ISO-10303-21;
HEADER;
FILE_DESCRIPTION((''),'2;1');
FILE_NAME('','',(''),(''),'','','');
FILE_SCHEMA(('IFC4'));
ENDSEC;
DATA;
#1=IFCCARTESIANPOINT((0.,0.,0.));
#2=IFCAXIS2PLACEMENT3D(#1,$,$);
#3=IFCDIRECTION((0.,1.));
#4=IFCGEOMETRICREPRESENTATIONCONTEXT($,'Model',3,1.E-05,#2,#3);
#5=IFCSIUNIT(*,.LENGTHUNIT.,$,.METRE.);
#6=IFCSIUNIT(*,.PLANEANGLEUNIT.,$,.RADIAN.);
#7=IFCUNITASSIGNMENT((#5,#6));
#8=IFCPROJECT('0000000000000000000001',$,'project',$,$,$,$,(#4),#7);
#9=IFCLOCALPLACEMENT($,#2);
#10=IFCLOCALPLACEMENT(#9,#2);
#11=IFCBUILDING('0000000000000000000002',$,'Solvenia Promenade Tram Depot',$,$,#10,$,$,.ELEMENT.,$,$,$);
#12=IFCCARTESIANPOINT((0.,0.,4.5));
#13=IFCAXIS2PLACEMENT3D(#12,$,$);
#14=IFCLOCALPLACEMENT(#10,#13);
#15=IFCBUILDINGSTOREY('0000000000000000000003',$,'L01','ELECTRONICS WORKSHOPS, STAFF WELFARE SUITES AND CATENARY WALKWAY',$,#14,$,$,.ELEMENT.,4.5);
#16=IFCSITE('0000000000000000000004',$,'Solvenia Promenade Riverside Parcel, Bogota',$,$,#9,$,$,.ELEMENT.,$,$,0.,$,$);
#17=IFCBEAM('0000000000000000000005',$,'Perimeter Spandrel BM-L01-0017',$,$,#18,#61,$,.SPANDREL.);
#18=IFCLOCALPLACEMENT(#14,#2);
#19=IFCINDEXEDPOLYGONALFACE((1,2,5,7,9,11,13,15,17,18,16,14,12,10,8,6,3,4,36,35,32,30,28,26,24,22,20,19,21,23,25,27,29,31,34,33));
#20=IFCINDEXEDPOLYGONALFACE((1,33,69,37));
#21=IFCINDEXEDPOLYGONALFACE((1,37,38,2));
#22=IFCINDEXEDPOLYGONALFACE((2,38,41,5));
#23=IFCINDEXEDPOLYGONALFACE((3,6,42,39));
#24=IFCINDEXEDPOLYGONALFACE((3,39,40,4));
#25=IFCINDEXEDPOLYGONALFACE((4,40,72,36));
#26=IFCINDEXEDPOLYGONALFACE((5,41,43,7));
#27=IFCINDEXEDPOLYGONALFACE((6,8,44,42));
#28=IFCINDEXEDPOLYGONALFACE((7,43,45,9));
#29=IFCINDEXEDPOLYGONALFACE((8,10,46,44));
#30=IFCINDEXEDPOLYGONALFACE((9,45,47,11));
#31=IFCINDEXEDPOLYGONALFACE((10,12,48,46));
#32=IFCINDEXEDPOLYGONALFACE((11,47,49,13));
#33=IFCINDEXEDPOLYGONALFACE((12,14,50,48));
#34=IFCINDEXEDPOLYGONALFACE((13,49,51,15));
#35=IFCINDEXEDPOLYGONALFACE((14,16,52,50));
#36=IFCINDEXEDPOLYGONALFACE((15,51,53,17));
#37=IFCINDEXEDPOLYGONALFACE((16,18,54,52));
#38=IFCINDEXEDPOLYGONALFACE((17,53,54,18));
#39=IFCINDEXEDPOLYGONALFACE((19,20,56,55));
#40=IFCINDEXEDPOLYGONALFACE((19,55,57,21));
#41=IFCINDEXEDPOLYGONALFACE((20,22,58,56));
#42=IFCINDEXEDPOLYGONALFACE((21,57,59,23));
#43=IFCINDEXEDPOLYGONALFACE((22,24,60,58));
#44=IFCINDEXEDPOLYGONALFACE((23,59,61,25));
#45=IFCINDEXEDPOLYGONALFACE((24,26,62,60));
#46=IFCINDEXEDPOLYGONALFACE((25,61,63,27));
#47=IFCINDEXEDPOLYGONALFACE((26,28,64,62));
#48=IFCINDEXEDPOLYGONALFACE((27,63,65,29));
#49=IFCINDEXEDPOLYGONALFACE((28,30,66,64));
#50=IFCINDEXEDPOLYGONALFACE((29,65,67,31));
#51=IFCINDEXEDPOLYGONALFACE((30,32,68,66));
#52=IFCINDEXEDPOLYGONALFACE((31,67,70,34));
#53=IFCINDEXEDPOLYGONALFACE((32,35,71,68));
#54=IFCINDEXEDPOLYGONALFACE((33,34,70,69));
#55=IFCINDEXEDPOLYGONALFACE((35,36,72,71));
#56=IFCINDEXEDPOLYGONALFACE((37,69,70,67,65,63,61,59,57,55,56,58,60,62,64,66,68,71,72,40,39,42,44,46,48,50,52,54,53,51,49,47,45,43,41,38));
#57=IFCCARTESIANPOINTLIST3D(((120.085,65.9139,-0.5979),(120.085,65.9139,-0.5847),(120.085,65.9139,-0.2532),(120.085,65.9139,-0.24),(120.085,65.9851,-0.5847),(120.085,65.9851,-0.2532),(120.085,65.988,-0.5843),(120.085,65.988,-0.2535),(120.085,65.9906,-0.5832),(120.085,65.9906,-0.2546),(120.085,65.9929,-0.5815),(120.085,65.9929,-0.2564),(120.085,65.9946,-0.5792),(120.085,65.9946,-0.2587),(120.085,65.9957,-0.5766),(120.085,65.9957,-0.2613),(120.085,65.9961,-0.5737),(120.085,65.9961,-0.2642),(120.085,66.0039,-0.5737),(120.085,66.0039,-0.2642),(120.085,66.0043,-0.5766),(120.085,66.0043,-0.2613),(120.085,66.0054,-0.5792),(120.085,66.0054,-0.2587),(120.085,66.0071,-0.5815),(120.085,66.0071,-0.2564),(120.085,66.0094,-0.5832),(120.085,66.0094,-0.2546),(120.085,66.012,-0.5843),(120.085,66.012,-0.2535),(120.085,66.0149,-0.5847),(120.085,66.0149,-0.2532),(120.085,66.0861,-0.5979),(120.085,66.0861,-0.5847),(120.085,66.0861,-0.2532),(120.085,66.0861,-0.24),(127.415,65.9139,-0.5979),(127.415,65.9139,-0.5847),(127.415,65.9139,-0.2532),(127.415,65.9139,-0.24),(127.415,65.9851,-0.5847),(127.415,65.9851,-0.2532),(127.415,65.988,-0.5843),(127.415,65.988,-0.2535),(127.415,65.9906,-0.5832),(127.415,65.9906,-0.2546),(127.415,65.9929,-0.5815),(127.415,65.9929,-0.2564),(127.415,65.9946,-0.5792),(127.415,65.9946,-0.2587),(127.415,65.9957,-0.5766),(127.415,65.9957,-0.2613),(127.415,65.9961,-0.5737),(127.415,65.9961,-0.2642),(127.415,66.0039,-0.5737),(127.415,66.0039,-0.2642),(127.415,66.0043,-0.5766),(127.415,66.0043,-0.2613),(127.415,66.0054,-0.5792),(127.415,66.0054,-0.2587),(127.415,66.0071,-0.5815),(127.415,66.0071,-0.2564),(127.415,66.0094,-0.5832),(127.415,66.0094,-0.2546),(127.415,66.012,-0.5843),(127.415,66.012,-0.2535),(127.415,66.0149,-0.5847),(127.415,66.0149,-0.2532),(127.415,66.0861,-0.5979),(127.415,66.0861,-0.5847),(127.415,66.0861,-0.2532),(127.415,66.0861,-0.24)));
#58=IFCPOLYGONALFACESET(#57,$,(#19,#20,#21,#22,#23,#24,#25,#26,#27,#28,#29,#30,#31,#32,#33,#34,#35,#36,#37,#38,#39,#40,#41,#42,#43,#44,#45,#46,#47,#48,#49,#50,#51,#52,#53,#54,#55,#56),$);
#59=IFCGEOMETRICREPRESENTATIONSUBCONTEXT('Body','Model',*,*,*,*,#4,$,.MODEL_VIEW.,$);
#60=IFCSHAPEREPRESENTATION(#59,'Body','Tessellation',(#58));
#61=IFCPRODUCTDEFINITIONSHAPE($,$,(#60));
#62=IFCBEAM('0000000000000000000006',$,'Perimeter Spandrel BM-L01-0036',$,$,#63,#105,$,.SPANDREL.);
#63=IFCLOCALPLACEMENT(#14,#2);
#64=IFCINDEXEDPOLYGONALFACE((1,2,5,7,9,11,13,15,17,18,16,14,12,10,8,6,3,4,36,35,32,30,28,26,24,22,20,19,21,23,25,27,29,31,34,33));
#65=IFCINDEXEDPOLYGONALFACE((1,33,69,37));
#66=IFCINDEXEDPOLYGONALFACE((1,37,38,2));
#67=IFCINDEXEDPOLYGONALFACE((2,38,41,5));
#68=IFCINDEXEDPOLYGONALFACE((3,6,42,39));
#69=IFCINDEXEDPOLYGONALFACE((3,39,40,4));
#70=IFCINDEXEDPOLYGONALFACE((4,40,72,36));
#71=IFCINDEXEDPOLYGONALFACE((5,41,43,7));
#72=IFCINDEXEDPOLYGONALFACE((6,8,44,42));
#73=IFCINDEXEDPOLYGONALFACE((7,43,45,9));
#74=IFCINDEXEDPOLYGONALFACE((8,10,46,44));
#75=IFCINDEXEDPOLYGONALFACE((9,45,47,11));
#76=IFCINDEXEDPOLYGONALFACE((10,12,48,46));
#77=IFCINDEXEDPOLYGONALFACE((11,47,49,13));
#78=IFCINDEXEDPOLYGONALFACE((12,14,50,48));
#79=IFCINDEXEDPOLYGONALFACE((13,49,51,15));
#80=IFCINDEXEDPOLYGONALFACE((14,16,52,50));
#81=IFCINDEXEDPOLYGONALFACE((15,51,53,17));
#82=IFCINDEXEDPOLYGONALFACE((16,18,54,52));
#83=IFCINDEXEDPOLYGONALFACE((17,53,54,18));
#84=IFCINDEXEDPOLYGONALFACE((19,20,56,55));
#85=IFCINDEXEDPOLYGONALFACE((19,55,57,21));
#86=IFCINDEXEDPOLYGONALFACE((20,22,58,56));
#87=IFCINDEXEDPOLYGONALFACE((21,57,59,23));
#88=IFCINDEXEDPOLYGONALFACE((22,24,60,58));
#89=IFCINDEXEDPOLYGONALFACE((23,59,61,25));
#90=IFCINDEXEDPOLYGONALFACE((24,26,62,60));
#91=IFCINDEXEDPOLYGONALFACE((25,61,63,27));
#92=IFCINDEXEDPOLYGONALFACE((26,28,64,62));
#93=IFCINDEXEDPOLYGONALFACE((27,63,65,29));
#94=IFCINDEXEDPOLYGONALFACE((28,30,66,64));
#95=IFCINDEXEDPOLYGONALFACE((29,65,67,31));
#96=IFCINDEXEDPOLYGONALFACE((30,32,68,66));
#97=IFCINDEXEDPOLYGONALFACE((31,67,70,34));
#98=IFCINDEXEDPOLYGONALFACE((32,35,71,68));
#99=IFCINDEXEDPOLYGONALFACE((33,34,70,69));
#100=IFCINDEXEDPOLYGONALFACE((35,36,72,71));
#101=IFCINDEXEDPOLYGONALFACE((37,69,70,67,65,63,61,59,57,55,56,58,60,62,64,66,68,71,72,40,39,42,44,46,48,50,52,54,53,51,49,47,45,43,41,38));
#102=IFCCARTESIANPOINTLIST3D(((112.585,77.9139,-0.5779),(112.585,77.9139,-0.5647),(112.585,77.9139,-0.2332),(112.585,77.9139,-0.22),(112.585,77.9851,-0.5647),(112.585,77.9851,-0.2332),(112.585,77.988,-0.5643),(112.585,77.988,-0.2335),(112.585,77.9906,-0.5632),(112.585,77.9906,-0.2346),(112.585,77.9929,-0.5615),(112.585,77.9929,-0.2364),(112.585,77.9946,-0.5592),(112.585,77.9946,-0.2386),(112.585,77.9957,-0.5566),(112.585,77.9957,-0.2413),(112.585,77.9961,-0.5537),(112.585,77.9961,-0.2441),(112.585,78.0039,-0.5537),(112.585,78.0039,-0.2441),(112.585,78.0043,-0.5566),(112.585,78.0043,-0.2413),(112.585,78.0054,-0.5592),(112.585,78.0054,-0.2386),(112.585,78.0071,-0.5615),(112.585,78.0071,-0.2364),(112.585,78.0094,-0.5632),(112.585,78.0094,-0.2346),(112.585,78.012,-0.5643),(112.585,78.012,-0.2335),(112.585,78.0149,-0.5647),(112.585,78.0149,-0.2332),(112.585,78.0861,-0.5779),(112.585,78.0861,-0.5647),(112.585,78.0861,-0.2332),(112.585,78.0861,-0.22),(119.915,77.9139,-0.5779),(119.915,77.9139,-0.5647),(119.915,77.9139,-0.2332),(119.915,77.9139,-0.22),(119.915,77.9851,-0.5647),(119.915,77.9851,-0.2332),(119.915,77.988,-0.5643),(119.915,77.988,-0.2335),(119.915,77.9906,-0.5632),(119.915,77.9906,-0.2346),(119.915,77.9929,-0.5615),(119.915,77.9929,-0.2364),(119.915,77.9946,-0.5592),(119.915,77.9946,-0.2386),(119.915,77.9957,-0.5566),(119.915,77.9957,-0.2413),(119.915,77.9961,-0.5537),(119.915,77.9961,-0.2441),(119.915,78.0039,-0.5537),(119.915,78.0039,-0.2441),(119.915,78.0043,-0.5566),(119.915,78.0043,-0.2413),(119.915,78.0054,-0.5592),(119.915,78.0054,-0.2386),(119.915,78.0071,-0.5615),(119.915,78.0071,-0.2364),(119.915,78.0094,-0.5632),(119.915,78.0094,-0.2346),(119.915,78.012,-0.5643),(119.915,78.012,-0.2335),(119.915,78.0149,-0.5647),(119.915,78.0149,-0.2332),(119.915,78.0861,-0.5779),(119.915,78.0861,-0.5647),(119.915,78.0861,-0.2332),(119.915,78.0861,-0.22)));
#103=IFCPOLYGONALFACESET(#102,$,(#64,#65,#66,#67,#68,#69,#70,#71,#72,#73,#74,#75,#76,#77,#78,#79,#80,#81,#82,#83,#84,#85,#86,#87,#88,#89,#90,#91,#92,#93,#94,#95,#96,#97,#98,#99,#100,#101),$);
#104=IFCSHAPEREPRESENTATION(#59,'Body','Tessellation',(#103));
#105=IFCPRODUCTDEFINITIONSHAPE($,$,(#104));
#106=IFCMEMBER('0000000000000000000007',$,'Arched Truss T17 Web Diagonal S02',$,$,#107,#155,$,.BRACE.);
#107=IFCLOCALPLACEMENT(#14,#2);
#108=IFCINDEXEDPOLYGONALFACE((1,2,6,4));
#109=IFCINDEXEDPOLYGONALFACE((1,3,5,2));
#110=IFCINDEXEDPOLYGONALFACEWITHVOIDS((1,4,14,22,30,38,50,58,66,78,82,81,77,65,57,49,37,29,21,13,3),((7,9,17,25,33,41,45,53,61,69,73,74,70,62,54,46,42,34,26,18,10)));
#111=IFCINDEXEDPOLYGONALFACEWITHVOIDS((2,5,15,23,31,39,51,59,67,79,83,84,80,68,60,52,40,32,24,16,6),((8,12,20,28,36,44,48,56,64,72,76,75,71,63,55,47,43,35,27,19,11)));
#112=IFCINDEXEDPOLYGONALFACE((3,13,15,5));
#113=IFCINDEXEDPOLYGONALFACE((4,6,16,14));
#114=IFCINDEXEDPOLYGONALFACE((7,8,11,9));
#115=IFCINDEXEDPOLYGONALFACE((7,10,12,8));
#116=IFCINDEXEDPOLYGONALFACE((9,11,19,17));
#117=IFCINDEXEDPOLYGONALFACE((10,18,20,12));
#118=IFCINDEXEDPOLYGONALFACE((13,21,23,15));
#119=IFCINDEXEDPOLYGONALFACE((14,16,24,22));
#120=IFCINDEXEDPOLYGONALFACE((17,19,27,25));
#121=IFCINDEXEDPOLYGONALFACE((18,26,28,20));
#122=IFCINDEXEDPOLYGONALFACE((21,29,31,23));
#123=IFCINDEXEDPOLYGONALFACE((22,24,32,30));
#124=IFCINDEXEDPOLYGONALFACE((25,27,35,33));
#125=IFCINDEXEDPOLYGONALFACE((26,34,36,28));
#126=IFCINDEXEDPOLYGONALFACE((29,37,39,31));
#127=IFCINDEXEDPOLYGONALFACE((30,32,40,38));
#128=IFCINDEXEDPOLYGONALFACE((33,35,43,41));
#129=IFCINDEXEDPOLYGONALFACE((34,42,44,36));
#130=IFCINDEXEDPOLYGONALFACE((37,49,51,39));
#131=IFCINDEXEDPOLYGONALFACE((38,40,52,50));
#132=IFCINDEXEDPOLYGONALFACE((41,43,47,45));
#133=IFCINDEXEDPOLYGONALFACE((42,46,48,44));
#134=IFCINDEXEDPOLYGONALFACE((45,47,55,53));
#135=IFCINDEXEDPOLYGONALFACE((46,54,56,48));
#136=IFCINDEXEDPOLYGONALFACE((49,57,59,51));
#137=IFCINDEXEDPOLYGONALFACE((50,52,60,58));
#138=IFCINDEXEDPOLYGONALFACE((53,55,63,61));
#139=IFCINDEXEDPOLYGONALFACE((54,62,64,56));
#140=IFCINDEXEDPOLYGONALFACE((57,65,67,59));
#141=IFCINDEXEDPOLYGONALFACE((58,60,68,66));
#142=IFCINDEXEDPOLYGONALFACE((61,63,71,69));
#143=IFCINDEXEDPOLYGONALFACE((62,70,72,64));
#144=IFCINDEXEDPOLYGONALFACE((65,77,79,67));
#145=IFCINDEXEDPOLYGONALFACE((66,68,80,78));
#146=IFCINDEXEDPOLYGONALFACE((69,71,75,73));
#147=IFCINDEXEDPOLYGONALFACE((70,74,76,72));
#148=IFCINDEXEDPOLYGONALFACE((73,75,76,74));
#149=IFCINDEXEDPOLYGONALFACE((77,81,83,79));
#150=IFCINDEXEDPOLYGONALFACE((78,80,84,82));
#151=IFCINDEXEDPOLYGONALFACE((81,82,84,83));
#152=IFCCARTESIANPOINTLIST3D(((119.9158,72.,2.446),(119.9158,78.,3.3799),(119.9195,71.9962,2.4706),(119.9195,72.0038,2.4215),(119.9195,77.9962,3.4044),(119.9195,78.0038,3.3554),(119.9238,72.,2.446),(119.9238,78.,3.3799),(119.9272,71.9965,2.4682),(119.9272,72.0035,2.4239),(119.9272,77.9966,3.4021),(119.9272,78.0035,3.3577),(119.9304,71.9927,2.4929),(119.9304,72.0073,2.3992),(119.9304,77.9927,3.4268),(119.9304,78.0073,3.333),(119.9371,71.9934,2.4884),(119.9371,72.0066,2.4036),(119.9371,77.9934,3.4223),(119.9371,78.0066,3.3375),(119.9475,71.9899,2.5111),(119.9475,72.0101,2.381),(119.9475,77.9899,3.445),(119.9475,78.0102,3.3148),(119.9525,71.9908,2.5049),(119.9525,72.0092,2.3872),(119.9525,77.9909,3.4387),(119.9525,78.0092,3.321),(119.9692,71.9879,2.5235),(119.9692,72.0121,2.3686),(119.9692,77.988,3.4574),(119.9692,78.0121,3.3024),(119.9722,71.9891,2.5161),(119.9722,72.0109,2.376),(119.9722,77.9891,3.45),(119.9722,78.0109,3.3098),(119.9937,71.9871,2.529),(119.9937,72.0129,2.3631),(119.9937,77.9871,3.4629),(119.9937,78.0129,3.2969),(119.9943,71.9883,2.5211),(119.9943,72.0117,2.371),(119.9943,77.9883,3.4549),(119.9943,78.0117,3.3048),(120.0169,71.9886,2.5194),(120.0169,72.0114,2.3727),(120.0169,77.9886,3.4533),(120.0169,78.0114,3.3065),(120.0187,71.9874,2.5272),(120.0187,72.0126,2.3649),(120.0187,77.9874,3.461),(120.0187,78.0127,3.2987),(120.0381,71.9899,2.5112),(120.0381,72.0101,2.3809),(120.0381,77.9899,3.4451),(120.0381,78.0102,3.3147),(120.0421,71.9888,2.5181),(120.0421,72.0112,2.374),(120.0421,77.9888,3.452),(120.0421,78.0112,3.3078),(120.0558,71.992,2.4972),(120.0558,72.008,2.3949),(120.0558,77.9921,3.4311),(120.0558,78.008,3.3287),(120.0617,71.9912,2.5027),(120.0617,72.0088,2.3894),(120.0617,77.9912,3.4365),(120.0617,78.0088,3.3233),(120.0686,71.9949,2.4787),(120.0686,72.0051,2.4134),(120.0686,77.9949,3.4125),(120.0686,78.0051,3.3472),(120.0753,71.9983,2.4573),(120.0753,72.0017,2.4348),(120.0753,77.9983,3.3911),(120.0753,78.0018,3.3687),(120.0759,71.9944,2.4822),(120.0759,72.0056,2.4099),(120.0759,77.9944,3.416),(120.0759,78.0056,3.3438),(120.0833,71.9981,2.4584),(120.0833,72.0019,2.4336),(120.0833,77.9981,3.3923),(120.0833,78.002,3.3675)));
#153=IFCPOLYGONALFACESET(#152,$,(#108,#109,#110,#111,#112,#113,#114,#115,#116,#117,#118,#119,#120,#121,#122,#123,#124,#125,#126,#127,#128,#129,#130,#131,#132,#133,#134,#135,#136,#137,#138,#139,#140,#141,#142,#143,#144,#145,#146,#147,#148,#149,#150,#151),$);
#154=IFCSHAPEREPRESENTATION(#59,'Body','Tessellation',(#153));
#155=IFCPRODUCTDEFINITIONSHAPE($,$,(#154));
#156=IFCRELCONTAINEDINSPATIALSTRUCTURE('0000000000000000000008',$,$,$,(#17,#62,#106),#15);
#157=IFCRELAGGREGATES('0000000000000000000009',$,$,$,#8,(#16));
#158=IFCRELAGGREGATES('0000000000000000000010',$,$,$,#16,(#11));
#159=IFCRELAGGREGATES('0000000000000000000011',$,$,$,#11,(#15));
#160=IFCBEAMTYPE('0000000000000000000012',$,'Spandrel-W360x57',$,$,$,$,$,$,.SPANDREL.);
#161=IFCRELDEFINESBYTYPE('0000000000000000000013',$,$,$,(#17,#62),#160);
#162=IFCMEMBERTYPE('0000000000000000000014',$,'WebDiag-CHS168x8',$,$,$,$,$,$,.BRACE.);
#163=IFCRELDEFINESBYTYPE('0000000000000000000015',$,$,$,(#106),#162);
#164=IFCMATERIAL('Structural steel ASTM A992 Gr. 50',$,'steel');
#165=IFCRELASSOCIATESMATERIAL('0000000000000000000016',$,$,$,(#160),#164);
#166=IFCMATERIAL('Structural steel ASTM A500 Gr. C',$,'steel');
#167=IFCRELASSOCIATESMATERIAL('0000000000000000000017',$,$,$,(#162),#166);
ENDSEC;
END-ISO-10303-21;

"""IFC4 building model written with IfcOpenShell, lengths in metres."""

from ifc_helpers import new_model, si_unit, direction, frame, origin, origin_2d, place, context, subcontext, project, spatial, hollow_circle, i_section, extrude, material, material_profile, profile_set, type_object, element, save


model = new_model("IFC4")

# Units and contexts
model_context = context("Model", 3, precision=1e-05, world=origin(), true_north=direction((0.0, 1.0)))
body_context = subcontext(model_context, "Body", "Model", "MODEL_VIEW")
ifc_project = project(units=[si_unit("LENGTHUNIT", "METRE"), si_unit("PLANEANGLEUNIT", "RADIAN")], contexts=[model_context])

# Site, building, storey
site_placement = place(None, origin())
site = spatial("IfcSite", under=ifc_project, at=site_placement, Name="Solvenia Promenade Riverside Parcel, Bogota", CompositionType="ELEMENT", RefElevation=0.0)
building_placement = place(site_placement, origin())
building = spatial("IfcBuilding", under=site, at=building_placement, Name="Solvenia Promenade Tram Depot", CompositionType="ELEMENT")
storey_placement = place(building_placement, frame((0.0, 0.0, 4.5)))
storey = spatial("IfcBuildingStorey", under=building, at=storey_placement, Name="L01", Description="ELECTRONICS WORKSHOPS, STAFF WELFARE SUITES AND CATENARY WALKWAY", CompositionType="ELEMENT", Elevation=4.5)

# Shared definitions
ifc_material_1 = material(Name="Structural steel ASTM A992 Gr. 50", Category="steel")

# Shared definitions
ifc_material_2 = material(Name="Structural steel ASTM A500 Gr. C", Category="steel")

# Beams
ifc_material_profile_1 = material_profile(ifc_material_1, i_section(OverallWidth=0.1721, OverallDepth=0.3579, WebThickness=0.0078, FlangeThickness=0.0132, FilletRadius=0.011, at=origin_2d()), Name="W360x57", Category="steel")
ifc_profile_set_1 = profile_set([ifc_material_profile_1], Name="Structural steel ASTM A992 Gr. 50")
beam_type_1 = type_object("IfcBeamType", Name="Spandrel-W360x57", PredefinedType="SPANDREL", material=ifc_profile_set_1)
for number, where, z_axis, x_axis, name in (
    (1, (120.085, 66.0, -0.4189), (1.0, 0.0, 0.0), (0.0, 1.0, 0.0), "Perimeter Spandrel BM-L01-0017"),
    (2, (112.585, 78.0, -0.3989), (1.0, 0.0, 0.0), (0.0, 1.0, 0.0), "Perimeter Spandrel BM-L01-0036"),
):
    element("IfcBeam", number, at=place(storey_placement, frame(where, z_axis=z_axis, x_axis=x_axis)), inside=storey, type_object=beam_type_1, Name=name, PredefinedType="SPANDREL", context=body_context, shape_type="SweptSolid", body=[
        extrude(i_section(OverallWidth=0.1721, OverallDepth=0.3579, WebThickness=0.0078, FlangeThickness=0.0132, FilletRadius=0.011, at=origin_2d()), origin(), (0.0, 0.0, 1.0), 7.3301),
    ])

# Member
ifc_material_profile_2 = material_profile(ifc_material_2, hollow_circle(Radius=0.0842, WallThickness=0.0081, at=origin_2d()), Name="CHS168.3x8", Category="steel")
ifc_profile_set_2 = profile_set([ifc_material_profile_2], Name="Structural steel ASTM A500 Gr. C")
member_type_1 = type_object("IfcMemberType", Name="WebDiag-CHS168x8", PredefinedType="BRACE", material=ifc_profile_set_2)
member_1_placement = place(storey_placement, frame((120.0, 72.0, 2.446), z_axis=(0.0, 0.988104, 0.153788), x_axis=(-1.0, 0.0, 0.0)))
element("IfcMember", 3, at=member_1_placement, inside=storey, type_object=member_type_1, Name="Arched Truss T17 Web Diagonal S02", PredefinedType="BRACE", context=body_context, shape_type="SweptSolid", body=[
    extrude(hollow_circle(Radius=0.0842, WallThickness=0.0081, at=origin_2d()), origin(), (0.0, 0.0, 1.0), 6.0723),
])

save(model, "model.ifc")
